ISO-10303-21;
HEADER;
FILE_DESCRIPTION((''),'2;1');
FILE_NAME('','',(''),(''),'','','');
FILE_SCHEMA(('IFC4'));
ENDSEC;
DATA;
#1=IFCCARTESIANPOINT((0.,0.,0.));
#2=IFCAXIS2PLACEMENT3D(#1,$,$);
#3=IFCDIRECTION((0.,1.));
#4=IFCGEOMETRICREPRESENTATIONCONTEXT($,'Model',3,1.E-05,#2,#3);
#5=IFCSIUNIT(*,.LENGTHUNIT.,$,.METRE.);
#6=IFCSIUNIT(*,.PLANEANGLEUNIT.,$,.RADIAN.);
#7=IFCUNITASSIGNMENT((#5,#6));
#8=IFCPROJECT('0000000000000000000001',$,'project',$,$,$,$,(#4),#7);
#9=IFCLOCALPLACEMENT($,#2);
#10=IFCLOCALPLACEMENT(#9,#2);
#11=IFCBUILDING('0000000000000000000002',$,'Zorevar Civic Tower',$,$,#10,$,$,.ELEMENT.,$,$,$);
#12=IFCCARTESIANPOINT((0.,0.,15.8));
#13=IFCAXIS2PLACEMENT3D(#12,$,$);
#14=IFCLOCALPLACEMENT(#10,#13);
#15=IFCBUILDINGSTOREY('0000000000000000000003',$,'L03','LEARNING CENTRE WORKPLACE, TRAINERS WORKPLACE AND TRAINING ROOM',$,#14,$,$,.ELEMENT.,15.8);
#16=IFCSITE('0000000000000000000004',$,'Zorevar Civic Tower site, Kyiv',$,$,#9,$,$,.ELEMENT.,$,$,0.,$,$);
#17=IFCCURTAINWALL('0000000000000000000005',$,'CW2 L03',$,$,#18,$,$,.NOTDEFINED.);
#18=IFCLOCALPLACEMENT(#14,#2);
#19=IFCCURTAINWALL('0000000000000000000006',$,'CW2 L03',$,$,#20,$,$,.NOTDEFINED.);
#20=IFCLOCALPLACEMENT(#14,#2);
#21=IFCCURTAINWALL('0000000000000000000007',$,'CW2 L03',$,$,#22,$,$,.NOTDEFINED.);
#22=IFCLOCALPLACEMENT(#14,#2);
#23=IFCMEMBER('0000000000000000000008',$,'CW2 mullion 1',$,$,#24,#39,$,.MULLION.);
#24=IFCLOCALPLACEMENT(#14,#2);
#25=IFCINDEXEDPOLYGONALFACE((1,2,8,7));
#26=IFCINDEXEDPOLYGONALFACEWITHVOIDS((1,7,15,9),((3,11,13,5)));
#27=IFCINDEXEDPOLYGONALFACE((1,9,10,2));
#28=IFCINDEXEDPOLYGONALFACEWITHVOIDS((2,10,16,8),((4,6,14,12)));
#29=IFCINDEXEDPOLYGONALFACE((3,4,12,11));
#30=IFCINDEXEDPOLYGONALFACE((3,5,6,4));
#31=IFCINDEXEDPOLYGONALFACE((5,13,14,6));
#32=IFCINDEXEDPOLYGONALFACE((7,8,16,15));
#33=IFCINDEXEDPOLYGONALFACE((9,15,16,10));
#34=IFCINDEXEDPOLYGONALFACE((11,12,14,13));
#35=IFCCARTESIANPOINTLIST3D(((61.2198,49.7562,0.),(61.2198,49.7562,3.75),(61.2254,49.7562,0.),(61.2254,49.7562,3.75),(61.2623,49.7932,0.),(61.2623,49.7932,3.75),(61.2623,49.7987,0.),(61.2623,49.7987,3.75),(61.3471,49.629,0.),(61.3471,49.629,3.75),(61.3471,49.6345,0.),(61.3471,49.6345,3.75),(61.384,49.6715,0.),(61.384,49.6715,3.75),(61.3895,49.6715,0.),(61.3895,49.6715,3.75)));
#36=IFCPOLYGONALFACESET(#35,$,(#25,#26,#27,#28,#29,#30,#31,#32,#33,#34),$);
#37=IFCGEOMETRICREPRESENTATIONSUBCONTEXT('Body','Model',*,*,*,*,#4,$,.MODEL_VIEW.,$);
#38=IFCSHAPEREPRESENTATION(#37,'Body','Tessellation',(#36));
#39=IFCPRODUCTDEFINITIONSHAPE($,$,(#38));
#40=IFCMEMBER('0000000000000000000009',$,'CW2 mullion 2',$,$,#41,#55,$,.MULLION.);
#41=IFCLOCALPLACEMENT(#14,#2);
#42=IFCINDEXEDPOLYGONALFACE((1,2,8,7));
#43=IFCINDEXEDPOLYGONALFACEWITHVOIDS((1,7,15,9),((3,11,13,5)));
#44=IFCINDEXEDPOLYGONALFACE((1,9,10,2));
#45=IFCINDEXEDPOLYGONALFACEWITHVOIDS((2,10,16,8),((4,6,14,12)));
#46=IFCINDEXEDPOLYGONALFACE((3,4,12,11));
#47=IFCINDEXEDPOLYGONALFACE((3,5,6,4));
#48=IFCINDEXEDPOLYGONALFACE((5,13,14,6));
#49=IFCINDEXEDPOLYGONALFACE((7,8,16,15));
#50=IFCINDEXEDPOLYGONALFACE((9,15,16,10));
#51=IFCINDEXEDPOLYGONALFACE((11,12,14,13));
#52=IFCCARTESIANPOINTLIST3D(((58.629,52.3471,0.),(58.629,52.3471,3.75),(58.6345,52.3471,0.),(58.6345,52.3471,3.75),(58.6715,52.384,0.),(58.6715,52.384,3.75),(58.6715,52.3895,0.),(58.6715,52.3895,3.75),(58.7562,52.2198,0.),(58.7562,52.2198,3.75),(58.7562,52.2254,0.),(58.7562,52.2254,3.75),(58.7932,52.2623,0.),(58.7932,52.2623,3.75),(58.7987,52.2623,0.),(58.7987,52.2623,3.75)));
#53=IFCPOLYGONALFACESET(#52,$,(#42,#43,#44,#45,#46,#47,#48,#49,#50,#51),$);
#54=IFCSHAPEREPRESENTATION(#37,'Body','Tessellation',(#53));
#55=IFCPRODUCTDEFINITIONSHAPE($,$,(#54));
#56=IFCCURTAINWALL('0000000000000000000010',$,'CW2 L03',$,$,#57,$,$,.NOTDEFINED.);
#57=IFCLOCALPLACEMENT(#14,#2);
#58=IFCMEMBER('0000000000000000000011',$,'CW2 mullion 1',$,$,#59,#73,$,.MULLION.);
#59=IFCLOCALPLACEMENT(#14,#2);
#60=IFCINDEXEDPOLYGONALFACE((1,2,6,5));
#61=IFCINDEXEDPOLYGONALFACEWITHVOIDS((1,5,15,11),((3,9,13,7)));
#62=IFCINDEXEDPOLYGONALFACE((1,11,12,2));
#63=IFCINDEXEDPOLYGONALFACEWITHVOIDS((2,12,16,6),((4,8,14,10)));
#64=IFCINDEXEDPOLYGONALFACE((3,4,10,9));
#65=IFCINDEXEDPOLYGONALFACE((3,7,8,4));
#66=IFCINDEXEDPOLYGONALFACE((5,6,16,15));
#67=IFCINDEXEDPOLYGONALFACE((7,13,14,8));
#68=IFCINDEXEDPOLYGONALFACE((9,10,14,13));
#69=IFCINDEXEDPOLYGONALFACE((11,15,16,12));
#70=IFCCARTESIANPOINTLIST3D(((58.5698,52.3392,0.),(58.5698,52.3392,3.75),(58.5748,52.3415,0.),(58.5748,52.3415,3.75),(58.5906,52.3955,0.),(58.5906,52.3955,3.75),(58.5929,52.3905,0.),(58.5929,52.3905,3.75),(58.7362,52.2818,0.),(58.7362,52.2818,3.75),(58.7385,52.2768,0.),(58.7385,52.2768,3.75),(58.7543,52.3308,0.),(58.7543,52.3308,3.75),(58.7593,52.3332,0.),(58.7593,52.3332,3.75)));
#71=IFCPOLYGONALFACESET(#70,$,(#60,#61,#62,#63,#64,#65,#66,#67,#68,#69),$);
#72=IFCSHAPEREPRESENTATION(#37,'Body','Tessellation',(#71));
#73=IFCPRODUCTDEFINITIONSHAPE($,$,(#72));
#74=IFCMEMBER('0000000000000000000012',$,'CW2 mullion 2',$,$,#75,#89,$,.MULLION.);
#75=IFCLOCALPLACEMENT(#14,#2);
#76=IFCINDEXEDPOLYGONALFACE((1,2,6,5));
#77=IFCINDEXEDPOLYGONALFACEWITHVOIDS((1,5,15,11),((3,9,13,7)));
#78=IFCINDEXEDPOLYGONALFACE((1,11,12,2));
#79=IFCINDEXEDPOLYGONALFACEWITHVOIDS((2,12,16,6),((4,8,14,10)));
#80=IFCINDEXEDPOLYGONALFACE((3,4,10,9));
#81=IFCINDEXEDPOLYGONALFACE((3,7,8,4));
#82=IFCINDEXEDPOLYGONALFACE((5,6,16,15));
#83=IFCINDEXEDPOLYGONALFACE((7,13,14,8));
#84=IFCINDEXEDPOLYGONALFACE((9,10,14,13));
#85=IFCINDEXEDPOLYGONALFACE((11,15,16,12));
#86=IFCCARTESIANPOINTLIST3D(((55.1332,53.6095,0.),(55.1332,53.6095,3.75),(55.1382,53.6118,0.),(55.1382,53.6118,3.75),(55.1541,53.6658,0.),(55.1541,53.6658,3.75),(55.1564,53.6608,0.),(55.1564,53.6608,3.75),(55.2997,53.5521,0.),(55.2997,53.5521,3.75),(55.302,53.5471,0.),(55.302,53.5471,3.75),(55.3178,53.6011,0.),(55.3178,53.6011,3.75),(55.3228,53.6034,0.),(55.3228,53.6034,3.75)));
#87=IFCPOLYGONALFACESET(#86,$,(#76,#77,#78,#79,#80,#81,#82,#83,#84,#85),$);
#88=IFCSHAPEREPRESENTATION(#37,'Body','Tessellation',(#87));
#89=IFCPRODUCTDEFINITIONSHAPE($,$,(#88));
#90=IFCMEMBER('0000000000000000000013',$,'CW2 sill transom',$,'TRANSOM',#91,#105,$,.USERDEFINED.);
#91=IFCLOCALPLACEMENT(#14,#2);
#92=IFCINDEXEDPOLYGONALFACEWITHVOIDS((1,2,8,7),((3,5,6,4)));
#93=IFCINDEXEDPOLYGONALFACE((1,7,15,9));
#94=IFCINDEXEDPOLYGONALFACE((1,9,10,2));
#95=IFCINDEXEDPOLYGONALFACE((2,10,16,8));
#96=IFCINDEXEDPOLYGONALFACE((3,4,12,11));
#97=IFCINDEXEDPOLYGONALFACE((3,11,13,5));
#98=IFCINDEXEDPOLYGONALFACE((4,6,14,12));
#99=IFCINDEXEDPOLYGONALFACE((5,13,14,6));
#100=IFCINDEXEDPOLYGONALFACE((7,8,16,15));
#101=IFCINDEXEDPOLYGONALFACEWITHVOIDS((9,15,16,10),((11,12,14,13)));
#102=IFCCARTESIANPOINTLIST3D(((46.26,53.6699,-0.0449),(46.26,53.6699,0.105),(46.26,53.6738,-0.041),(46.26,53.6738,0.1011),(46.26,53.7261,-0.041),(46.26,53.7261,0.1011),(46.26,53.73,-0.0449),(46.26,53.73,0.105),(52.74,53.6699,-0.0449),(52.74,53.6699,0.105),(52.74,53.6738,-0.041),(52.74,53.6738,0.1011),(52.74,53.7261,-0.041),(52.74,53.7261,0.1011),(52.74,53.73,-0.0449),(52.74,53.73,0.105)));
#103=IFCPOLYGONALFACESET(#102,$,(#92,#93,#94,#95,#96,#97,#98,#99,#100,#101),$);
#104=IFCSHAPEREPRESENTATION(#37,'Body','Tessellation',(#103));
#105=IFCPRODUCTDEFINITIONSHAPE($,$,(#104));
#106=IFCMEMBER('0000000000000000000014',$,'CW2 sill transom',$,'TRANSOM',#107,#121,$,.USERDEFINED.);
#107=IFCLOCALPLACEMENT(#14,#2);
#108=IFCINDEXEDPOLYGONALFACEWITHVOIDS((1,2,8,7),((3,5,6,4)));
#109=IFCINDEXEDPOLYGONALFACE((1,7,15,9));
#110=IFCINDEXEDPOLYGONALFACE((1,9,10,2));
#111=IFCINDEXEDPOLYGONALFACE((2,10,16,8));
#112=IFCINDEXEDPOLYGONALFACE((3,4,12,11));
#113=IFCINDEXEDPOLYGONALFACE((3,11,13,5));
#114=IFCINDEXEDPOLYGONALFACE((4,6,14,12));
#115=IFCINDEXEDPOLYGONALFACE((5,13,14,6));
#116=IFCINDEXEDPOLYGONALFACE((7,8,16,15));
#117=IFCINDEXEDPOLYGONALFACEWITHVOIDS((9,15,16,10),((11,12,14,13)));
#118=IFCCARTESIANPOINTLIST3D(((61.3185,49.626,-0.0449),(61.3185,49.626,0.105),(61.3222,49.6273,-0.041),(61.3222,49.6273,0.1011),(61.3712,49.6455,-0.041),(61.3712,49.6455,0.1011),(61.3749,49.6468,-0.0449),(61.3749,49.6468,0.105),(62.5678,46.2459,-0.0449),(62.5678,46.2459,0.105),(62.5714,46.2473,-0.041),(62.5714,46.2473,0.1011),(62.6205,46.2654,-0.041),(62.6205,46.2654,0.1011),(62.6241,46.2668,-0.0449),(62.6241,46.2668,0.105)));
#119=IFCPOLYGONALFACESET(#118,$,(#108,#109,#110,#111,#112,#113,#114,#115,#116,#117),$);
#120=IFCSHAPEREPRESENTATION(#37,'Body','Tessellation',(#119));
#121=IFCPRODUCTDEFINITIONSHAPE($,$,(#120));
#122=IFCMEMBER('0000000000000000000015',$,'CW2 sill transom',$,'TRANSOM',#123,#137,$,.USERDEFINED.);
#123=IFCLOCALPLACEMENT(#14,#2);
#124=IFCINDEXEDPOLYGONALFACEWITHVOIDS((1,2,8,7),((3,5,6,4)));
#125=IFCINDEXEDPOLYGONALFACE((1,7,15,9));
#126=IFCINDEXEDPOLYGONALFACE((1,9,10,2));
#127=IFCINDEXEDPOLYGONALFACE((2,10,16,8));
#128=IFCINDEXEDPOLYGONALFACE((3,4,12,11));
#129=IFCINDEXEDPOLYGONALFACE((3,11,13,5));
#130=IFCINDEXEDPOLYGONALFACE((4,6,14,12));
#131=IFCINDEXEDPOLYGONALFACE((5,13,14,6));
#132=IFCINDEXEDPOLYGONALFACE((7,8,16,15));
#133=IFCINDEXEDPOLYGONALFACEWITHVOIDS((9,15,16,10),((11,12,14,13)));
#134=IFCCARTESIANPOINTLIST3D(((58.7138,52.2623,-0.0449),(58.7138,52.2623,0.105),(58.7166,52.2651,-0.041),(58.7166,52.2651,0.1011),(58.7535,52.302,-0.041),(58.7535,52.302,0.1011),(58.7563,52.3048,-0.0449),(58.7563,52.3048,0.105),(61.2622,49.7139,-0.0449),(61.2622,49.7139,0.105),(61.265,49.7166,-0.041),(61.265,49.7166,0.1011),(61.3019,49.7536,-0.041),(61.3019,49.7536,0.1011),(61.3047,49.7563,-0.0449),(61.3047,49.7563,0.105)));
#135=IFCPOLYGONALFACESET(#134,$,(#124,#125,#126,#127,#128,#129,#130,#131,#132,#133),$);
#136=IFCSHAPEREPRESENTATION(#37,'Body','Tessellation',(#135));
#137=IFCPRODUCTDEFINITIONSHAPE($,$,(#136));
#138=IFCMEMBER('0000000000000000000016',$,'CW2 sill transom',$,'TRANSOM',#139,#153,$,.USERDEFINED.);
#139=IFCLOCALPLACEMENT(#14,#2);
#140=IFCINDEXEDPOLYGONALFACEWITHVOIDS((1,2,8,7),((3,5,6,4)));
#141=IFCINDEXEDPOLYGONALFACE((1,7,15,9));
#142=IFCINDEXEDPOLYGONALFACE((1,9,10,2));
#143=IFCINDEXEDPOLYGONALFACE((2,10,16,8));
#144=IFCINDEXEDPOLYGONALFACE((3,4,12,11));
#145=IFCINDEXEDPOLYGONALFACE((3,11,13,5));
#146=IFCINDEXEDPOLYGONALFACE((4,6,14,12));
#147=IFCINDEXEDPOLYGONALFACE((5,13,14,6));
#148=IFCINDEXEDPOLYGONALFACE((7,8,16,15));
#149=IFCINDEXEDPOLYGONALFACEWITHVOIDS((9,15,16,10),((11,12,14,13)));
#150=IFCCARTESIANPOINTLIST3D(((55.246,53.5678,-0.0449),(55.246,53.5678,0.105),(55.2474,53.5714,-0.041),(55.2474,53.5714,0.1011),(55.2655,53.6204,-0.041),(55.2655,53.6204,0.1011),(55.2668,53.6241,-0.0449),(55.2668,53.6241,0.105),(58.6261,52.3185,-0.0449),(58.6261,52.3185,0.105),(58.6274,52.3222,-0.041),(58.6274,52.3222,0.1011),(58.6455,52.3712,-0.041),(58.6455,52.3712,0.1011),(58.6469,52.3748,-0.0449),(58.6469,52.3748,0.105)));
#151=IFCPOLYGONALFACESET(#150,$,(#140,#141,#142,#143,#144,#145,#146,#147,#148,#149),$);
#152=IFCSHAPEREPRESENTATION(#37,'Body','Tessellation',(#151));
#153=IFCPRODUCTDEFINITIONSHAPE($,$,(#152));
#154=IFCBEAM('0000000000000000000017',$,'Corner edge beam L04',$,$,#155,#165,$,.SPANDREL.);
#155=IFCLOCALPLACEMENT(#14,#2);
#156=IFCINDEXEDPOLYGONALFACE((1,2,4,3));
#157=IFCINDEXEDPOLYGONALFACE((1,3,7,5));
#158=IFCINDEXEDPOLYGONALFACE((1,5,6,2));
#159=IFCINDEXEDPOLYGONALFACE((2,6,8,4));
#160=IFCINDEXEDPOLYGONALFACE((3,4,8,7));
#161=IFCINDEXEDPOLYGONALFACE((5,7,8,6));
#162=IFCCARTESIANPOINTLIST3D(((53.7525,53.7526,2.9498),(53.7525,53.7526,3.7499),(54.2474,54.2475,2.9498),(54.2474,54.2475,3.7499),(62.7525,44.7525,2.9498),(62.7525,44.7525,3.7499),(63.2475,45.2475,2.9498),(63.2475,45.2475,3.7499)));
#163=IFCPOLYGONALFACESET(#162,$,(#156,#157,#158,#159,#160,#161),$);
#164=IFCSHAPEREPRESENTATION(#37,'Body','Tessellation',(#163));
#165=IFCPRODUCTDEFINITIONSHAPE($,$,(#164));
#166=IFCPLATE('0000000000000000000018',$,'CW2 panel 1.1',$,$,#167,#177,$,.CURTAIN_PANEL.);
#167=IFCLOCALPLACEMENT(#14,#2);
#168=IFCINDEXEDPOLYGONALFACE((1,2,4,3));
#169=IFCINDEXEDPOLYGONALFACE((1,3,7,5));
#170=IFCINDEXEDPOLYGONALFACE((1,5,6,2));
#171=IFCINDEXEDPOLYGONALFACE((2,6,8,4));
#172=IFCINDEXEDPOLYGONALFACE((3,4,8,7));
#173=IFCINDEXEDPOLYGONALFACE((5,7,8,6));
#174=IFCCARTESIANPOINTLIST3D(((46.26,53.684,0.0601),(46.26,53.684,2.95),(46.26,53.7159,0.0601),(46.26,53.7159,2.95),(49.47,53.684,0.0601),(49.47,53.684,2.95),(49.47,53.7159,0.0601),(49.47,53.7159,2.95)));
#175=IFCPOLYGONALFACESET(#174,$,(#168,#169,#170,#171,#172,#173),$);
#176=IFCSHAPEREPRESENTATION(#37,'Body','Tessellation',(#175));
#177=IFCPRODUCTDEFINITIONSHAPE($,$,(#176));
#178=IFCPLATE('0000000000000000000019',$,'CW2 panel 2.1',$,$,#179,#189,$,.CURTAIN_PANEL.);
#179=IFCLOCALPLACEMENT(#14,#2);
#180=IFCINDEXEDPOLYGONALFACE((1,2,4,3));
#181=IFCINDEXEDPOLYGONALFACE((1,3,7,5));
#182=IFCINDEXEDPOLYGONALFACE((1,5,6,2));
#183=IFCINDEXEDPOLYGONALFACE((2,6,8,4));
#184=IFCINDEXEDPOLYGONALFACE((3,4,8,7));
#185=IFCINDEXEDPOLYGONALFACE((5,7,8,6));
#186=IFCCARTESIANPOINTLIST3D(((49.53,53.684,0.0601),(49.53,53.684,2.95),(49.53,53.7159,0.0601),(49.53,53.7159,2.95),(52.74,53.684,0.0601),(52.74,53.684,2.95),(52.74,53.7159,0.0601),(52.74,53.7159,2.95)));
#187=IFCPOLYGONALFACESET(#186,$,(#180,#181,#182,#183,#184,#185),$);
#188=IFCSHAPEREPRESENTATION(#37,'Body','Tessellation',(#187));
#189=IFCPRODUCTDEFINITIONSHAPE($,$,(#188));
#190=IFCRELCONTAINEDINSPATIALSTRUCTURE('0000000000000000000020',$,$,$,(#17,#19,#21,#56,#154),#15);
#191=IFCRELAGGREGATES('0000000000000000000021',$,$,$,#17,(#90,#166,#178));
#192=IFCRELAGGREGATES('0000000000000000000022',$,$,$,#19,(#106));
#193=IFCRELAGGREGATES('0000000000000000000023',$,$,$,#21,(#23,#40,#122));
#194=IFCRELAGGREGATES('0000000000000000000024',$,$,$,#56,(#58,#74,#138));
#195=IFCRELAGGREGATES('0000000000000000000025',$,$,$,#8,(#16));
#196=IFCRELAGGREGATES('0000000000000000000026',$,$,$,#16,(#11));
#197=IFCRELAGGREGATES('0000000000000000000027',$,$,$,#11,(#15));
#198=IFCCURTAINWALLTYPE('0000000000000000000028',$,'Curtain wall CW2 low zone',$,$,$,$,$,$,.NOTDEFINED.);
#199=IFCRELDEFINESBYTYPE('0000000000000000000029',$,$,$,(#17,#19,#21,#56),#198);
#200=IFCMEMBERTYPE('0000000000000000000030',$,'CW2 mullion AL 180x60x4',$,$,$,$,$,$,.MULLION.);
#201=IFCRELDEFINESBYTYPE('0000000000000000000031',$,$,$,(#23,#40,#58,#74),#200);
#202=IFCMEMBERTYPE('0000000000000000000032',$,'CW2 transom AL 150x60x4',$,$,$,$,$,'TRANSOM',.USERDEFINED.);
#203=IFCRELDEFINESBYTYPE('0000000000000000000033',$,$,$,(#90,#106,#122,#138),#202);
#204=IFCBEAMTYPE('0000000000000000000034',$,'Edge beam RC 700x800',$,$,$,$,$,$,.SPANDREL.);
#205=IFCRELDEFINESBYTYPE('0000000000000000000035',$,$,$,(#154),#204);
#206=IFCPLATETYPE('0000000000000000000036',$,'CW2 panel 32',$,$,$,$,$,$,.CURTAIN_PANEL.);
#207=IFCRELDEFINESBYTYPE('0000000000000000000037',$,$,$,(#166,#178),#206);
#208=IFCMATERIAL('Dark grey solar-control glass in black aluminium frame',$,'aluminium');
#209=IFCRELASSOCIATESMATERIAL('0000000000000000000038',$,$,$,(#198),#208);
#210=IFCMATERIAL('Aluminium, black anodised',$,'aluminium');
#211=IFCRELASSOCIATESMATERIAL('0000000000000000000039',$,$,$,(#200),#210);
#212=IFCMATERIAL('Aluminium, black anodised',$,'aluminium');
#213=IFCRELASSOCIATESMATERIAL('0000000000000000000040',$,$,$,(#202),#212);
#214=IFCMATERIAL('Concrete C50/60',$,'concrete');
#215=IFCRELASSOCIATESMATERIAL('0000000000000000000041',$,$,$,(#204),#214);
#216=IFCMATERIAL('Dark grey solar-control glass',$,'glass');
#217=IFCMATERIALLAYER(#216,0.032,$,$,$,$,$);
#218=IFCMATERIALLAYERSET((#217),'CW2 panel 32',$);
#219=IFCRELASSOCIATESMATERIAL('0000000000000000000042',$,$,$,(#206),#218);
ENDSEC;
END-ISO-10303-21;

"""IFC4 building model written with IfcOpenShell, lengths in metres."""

from ifc_helpers import new_model, si_unit, direction, frame, origin, origin_2d, place, context, subcontext, project, spatial, rectangle, hollow_rectangle, extrude, material, layer, layer_set, material_profile, profile_set, type_object, element, aggregate, save


model = new_model("IFC4")

# Units and contexts
model_context = context("Model", 3, precision=1e-05, world=origin(), true_north=direction((0.0, 1.0)))
body_context = subcontext(model_context, "Body", "Model", "MODEL_VIEW")
ifc_project = project(units=[si_unit("LENGTHUNIT", "METRE"), si_unit("PLANEANGLEUNIT", "RADIAN")], contexts=[model_context])

# Site, building, storey
site_placement = place(None, origin())
site = spatial("IfcSite", under=ifc_project, at=site_placement, Name="Zorevar Civic Tower site, Kyiv", CompositionType="ELEMENT", RefElevation=0.0)
building_placement = place(site_placement, origin())
building = spatial("IfcBuilding", under=site, at=building_placement, Name="Zorevar Civic Tower", CompositionType="ELEMENT")
storey_placement = place(building_placement, frame((0.0, 0.0, 15.8)))
storey = spatial("IfcBuildingStorey", under=building, at=storey_placement, Name="L03", Description="LEARNING CENTRE WORKPLACE, TRAINERS WORKPLACE AND TRAINING ROOM", CompositionType="ELEMENT", Elevation=15.8)

# Curtain wall
ifc_material_1 = material(Name="Dark grey solar-control glass in black aluminium frame", Category="aluminium")
curtain_wall_type = type_object("IfcCurtainWallType", Name="Curtain wall CW2 low zone", PredefinedType="NOTDEFINED", material=ifc_material_1)
curtain_wall_1_placement = place(storey_placement, origin())
curtain_wall_1 = element("IfcCurtainWall", 1, at=curtain_wall_1_placement, inside=storey, type_object=curtain_wall_type, Name="CW2 L03", PredefinedType="NOTDEFINED")
ifc_material_2 = material(Name="Aluminium, black anodised", Category="aluminium")
ifc_material_profile_1 = material_profile(ifc_material_2, hollow_rectangle(XDim=0.0601, YDim=0.1799, WallThickness=0.0039, at=origin_2d()), Name="AL 180x60x4")
ifc_profile_set_1 = profile_set([ifc_material_profile_1], Name="Aluminium, black anodised")
member_type_1 = type_object("IfcMemberType", Name="CW2 mullion AL 180x60x4", PredefinedType="MULLION", material=ifc_profile_set_1)

# Curtain walls, members
curtain_wall_2_placement = place(storey_placement, origin())
curtain_wall_2 = element("IfcCurtainWall", 2, at=curtain_wall_2_placement, inside=storey, type_object=curtain_wall_type, Name="CW2 L03", PredefinedType="NOTDEFINED")
curtain_wall_3_placement = place(storey_placement, origin())
curtain_wall_3 = element("IfcCurtainWall", 3, at=curtain_wall_3_placement, inside=storey, type_object=curtain_wall_type, Name="CW2 L03", PredefinedType="NOTDEFINED")
member_1_placement = place(storey_placement, frame((61.3047, 49.7139, 0.0), z_axis=(0.0, 0.0, 1.0), x_axis=(-0.707107, -0.707107, 0.0)))
member_1 = element("IfcMember", 4, at=member_1_placement, type_object=member_type_1, Name="CW2 mullion 1", PredefinedType="MULLION", context=body_context, shape_type="SweptSolid", body=[
    extrude(hollow_rectangle(XDim=0.0601, YDim=0.1799, WallThickness=0.0039, at=origin_2d()), origin(), (0.0, 0.0, 1.0), 3.75),
])
member_2_placement = place(storey_placement, frame((58.7139, 52.3047, 0.0), z_axis=(0.0, 0.0, 1.0), x_axis=(-0.707107, -0.707107, 0.0)))
member_2 = element("IfcMember", 5, at=member_2_placement, type_object=member_type_1, Name="CW2 mullion 2", PredefinedType="MULLION", context=body_context, shape_type="SweptSolid", body=[
    extrude(hollow_rectangle(XDim=0.0601, YDim=0.1799, WallThickness=0.0039, at=origin_2d()), origin(), (0.0, 0.0, 1.0), 3.75),
])
curtain_wall_4_placement = place(storey_placement, origin())
curtain_wall_4 = element("IfcCurtainWall", 6, at=curtain_wall_4_placement, inside=storey, type_object=curtain_wall_type, Name="CW2 L03", PredefinedType="NOTDEFINED")
member_3_placement = place(storey_placement, frame((58.6646, 52.3362, 0.0), z_axis=(0.0, 0.0, 1.0), x_axis=(-0.346704, -0.937975, 0.0)))
member_3 = element("IfcMember", 7, at=member_3_placement, type_object=member_type_1, Name="CW2 mullion 1", PredefinedType="MULLION", context=body_context, shape_type="SweptSolid", body=[
    extrude(hollow_rectangle(XDim=0.0601, YDim=0.1799, WallThickness=0.0039, at=origin_2d()), origin(), (0.0, 0.0, 1.0), 3.75),
])
member_4_placement = place(storey_placement, frame((55.228, 53.6064, 0.0), z_axis=(0.0, 0.0, 1.0), x_axis=(-0.346704, -0.937975, 0.0)))
member_4 = element("IfcMember", 8, at=member_4_placement, type_object=member_type_1, Name="CW2 mullion 2", PredefinedType="MULLION", context=body_context, shape_type="SweptSolid", body=[
    extrude(hollow_rectangle(XDim=0.0601, YDim=0.1799, WallThickness=0.0039, at=origin_2d()), origin(), (0.0, 0.0, 1.0), 3.75),
])

# Members
ifc_material_3 = material(Name="Aluminium, black anodised", Category="aluminium")
ifc_material_profile_2 = material_profile(ifc_material_3, hollow_rectangle(XDim=0.0601, YDim=0.1499, WallThickness=0.0039, at=origin_2d()), Name="AL 150x60x4")
ifc_profile_set_2 = profile_set([ifc_material_profile_2], Name="Aluminium, black anodised")
member_type_2 = type_object("IfcMemberType", Name="CW2 transom AL 150x60x4", ElementType="TRANSOM", PredefinedType="USERDEFINED", material=ifc_profile_set_2)
member_5_placement = place(storey_placement, frame((46.26, 53.7, 0.03), z_axis=(1.0, 0.0, 0.0), x_axis=(0.0, 1.0, 0.0)))
member_5 = element("IfcMember", 9, at=member_5_placement, type_object=member_type_2, Name="CW2 sill transom", ObjectType="TRANSOM", PredefinedType="USERDEFINED", context=body_context, shape_type="SweptSolid", body=[
    extrude(hollow_rectangle(XDim=0.0601, YDim=0.1499, WallThickness=0.0039, at=origin_2d()), origin(), (0.0, 0.0, 1.0), 6.48),
])
member_6_placement = place(storey_placement, frame((62.5959, 46.2563, 0.03), z_axis=(-0.346672, 0.937986, 0.0), x_axis=(-0.937986, -0.346672, 0.0)))
member_6 = element("IfcMember", 10, at=member_6_placement, type_object=member_type_2, Name="CW2 sill transom", ObjectType="TRANSOM", PredefinedType="USERDEFINED", context=body_context, shape_type="SweptSolid", body=[
    extrude(hollow_rectangle(XDim=0.0601, YDim=0.1499, WallThickness=0.0039, at=origin_2d()), origin(), (0.0, 0.0, 1.0), 3.6035),
])
member_7_placement = place(storey_placement, frame((61.2834, 49.7351, 0.03), z_axis=(-0.707107, 0.707107, 0.0), x_axis=(-0.707107, -0.707107, 0.0)))
member_7 = element("IfcMember", 11, at=member_7_placement, type_object=member_type_2, Name="CW2 sill transom", ObjectType="TRANSOM", PredefinedType="USERDEFINED", context=body_context, shape_type="SweptSolid", body=[
    extrude(hollow_rectangle(XDim=0.0601, YDim=0.1499, WallThickness=0.0039, at=origin_2d()), origin(), (0.0, 0.0, 1.0), 3.604),
])
member_8_placement = place(storey_placement, frame((58.6365, 52.3467, 0.03), z_axis=(-0.937986, 0.346672, 0.0), x_axis=(-0.346672, -0.937986, 0.0)))
member_8 = element("IfcMember", 12, at=member_8_placement, type_object=member_type_2, Name="CW2 sill transom", ObjectType="TRANSOM", PredefinedType="USERDEFINED", context=body_context, shape_type="SweptSolid", body=[
    extrude(hollow_rectangle(XDim=0.0601, YDim=0.1499, WallThickness=0.0039, at=origin_2d()), origin(), (0.0, 0.0, 1.0), 3.6035),
])

# Beam
ifc_material_4 = material(Name="Concrete C50/60", Category="concrete")
ifc_material_profile_3 = material_profile(ifc_material_4, rectangle(XDim=0.7, YDim=0.8, at=origin_2d()), Name="RC 700x800")
ifc_profile_set_3 = profile_set([ifc_material_profile_3], Name="Concrete C50/60")
beam_type_1 = type_object("IfcBeamType", Name="Edge beam RC 700x800", PredefinedType="SPANDREL", material=ifc_profile_set_3)
beam_1_placement = place(storey_placement, frame((63.0, 45.0, 3.3499), z_axis=(-0.707107, 0.707107, 0.0), x_axis=(-0.707107, -0.707107, 0.0)))
element("IfcBeam", 13, at=beam_1_placement, inside=storey, type_object=beam_type_1, Name="Corner edge beam L04", PredefinedType="SPANDREL", context=body_context, shape_type="SweptSolid", body=[
    extrude(rectangle(XDim=0.7, YDim=0.8, at=origin_2d()), origin(), (0.0, 0.0, 1.0), 12.728),
])

# Plates
ifc_material_5 = material(Name="Dark grey solar-control glass", Category="glass")
ifc_layer_1 = layer(ifc_material_5, 0.032)
ifc_layer_set_1 = layer_set([ifc_layer_1], Name="CW2 panel 32")
plate_type = type_object("IfcPlateType", Name="CW2 panel 32", PredefinedType="CURTAIN_PANEL", material=ifc_layer_set_1)
plate_1_placement = place(storey_placement, frame((47.865, 53.7, 0.0601), z_axis=(0.0, 0.0, 1.0), x_axis=(1.0, 0.0, 0.0)))
plate_1 = element("IfcPlate", 14, at=plate_1_placement, type_object=plate_type, Name="CW2 panel 1.1", PredefinedType="CURTAIN_PANEL", context=body_context, shape_type="SweptSolid", body=[
    extrude(rectangle(XDim=3.21, YDim=0.032, at=origin_2d()), origin(), (0.0, 0.0, 1.0), 2.8899),
])
plate_2_placement = place(storey_placement, frame((51.135, 53.7, 0.0601), z_axis=(0.0, 0.0, 1.0), x_axis=(1.0, 0.0, 0.0)))
plate_2 = element("IfcPlate", 15, at=plate_2_placement, type_object=plate_type, Name="CW2 panel 2.1", PredefinedType="CURTAIN_PANEL", context=body_context, shape_type="SweptSolid", body=[
    extrude(rectangle(XDim=3.21, YDim=0.032, at=origin_2d()), origin(), (0.0, 0.0, 1.0), 2.8899),
])
aggregate(curtain_wall_1, [member_5, plate_1, plate_2])
aggregate(curtain_wall_2, [member_6])
aggregate(curtain_wall_3, [member_1, member_2, member_7])
aggregate(curtain_wall_4, [member_3, member_4, member_8])

save(model, "model.ifc")
